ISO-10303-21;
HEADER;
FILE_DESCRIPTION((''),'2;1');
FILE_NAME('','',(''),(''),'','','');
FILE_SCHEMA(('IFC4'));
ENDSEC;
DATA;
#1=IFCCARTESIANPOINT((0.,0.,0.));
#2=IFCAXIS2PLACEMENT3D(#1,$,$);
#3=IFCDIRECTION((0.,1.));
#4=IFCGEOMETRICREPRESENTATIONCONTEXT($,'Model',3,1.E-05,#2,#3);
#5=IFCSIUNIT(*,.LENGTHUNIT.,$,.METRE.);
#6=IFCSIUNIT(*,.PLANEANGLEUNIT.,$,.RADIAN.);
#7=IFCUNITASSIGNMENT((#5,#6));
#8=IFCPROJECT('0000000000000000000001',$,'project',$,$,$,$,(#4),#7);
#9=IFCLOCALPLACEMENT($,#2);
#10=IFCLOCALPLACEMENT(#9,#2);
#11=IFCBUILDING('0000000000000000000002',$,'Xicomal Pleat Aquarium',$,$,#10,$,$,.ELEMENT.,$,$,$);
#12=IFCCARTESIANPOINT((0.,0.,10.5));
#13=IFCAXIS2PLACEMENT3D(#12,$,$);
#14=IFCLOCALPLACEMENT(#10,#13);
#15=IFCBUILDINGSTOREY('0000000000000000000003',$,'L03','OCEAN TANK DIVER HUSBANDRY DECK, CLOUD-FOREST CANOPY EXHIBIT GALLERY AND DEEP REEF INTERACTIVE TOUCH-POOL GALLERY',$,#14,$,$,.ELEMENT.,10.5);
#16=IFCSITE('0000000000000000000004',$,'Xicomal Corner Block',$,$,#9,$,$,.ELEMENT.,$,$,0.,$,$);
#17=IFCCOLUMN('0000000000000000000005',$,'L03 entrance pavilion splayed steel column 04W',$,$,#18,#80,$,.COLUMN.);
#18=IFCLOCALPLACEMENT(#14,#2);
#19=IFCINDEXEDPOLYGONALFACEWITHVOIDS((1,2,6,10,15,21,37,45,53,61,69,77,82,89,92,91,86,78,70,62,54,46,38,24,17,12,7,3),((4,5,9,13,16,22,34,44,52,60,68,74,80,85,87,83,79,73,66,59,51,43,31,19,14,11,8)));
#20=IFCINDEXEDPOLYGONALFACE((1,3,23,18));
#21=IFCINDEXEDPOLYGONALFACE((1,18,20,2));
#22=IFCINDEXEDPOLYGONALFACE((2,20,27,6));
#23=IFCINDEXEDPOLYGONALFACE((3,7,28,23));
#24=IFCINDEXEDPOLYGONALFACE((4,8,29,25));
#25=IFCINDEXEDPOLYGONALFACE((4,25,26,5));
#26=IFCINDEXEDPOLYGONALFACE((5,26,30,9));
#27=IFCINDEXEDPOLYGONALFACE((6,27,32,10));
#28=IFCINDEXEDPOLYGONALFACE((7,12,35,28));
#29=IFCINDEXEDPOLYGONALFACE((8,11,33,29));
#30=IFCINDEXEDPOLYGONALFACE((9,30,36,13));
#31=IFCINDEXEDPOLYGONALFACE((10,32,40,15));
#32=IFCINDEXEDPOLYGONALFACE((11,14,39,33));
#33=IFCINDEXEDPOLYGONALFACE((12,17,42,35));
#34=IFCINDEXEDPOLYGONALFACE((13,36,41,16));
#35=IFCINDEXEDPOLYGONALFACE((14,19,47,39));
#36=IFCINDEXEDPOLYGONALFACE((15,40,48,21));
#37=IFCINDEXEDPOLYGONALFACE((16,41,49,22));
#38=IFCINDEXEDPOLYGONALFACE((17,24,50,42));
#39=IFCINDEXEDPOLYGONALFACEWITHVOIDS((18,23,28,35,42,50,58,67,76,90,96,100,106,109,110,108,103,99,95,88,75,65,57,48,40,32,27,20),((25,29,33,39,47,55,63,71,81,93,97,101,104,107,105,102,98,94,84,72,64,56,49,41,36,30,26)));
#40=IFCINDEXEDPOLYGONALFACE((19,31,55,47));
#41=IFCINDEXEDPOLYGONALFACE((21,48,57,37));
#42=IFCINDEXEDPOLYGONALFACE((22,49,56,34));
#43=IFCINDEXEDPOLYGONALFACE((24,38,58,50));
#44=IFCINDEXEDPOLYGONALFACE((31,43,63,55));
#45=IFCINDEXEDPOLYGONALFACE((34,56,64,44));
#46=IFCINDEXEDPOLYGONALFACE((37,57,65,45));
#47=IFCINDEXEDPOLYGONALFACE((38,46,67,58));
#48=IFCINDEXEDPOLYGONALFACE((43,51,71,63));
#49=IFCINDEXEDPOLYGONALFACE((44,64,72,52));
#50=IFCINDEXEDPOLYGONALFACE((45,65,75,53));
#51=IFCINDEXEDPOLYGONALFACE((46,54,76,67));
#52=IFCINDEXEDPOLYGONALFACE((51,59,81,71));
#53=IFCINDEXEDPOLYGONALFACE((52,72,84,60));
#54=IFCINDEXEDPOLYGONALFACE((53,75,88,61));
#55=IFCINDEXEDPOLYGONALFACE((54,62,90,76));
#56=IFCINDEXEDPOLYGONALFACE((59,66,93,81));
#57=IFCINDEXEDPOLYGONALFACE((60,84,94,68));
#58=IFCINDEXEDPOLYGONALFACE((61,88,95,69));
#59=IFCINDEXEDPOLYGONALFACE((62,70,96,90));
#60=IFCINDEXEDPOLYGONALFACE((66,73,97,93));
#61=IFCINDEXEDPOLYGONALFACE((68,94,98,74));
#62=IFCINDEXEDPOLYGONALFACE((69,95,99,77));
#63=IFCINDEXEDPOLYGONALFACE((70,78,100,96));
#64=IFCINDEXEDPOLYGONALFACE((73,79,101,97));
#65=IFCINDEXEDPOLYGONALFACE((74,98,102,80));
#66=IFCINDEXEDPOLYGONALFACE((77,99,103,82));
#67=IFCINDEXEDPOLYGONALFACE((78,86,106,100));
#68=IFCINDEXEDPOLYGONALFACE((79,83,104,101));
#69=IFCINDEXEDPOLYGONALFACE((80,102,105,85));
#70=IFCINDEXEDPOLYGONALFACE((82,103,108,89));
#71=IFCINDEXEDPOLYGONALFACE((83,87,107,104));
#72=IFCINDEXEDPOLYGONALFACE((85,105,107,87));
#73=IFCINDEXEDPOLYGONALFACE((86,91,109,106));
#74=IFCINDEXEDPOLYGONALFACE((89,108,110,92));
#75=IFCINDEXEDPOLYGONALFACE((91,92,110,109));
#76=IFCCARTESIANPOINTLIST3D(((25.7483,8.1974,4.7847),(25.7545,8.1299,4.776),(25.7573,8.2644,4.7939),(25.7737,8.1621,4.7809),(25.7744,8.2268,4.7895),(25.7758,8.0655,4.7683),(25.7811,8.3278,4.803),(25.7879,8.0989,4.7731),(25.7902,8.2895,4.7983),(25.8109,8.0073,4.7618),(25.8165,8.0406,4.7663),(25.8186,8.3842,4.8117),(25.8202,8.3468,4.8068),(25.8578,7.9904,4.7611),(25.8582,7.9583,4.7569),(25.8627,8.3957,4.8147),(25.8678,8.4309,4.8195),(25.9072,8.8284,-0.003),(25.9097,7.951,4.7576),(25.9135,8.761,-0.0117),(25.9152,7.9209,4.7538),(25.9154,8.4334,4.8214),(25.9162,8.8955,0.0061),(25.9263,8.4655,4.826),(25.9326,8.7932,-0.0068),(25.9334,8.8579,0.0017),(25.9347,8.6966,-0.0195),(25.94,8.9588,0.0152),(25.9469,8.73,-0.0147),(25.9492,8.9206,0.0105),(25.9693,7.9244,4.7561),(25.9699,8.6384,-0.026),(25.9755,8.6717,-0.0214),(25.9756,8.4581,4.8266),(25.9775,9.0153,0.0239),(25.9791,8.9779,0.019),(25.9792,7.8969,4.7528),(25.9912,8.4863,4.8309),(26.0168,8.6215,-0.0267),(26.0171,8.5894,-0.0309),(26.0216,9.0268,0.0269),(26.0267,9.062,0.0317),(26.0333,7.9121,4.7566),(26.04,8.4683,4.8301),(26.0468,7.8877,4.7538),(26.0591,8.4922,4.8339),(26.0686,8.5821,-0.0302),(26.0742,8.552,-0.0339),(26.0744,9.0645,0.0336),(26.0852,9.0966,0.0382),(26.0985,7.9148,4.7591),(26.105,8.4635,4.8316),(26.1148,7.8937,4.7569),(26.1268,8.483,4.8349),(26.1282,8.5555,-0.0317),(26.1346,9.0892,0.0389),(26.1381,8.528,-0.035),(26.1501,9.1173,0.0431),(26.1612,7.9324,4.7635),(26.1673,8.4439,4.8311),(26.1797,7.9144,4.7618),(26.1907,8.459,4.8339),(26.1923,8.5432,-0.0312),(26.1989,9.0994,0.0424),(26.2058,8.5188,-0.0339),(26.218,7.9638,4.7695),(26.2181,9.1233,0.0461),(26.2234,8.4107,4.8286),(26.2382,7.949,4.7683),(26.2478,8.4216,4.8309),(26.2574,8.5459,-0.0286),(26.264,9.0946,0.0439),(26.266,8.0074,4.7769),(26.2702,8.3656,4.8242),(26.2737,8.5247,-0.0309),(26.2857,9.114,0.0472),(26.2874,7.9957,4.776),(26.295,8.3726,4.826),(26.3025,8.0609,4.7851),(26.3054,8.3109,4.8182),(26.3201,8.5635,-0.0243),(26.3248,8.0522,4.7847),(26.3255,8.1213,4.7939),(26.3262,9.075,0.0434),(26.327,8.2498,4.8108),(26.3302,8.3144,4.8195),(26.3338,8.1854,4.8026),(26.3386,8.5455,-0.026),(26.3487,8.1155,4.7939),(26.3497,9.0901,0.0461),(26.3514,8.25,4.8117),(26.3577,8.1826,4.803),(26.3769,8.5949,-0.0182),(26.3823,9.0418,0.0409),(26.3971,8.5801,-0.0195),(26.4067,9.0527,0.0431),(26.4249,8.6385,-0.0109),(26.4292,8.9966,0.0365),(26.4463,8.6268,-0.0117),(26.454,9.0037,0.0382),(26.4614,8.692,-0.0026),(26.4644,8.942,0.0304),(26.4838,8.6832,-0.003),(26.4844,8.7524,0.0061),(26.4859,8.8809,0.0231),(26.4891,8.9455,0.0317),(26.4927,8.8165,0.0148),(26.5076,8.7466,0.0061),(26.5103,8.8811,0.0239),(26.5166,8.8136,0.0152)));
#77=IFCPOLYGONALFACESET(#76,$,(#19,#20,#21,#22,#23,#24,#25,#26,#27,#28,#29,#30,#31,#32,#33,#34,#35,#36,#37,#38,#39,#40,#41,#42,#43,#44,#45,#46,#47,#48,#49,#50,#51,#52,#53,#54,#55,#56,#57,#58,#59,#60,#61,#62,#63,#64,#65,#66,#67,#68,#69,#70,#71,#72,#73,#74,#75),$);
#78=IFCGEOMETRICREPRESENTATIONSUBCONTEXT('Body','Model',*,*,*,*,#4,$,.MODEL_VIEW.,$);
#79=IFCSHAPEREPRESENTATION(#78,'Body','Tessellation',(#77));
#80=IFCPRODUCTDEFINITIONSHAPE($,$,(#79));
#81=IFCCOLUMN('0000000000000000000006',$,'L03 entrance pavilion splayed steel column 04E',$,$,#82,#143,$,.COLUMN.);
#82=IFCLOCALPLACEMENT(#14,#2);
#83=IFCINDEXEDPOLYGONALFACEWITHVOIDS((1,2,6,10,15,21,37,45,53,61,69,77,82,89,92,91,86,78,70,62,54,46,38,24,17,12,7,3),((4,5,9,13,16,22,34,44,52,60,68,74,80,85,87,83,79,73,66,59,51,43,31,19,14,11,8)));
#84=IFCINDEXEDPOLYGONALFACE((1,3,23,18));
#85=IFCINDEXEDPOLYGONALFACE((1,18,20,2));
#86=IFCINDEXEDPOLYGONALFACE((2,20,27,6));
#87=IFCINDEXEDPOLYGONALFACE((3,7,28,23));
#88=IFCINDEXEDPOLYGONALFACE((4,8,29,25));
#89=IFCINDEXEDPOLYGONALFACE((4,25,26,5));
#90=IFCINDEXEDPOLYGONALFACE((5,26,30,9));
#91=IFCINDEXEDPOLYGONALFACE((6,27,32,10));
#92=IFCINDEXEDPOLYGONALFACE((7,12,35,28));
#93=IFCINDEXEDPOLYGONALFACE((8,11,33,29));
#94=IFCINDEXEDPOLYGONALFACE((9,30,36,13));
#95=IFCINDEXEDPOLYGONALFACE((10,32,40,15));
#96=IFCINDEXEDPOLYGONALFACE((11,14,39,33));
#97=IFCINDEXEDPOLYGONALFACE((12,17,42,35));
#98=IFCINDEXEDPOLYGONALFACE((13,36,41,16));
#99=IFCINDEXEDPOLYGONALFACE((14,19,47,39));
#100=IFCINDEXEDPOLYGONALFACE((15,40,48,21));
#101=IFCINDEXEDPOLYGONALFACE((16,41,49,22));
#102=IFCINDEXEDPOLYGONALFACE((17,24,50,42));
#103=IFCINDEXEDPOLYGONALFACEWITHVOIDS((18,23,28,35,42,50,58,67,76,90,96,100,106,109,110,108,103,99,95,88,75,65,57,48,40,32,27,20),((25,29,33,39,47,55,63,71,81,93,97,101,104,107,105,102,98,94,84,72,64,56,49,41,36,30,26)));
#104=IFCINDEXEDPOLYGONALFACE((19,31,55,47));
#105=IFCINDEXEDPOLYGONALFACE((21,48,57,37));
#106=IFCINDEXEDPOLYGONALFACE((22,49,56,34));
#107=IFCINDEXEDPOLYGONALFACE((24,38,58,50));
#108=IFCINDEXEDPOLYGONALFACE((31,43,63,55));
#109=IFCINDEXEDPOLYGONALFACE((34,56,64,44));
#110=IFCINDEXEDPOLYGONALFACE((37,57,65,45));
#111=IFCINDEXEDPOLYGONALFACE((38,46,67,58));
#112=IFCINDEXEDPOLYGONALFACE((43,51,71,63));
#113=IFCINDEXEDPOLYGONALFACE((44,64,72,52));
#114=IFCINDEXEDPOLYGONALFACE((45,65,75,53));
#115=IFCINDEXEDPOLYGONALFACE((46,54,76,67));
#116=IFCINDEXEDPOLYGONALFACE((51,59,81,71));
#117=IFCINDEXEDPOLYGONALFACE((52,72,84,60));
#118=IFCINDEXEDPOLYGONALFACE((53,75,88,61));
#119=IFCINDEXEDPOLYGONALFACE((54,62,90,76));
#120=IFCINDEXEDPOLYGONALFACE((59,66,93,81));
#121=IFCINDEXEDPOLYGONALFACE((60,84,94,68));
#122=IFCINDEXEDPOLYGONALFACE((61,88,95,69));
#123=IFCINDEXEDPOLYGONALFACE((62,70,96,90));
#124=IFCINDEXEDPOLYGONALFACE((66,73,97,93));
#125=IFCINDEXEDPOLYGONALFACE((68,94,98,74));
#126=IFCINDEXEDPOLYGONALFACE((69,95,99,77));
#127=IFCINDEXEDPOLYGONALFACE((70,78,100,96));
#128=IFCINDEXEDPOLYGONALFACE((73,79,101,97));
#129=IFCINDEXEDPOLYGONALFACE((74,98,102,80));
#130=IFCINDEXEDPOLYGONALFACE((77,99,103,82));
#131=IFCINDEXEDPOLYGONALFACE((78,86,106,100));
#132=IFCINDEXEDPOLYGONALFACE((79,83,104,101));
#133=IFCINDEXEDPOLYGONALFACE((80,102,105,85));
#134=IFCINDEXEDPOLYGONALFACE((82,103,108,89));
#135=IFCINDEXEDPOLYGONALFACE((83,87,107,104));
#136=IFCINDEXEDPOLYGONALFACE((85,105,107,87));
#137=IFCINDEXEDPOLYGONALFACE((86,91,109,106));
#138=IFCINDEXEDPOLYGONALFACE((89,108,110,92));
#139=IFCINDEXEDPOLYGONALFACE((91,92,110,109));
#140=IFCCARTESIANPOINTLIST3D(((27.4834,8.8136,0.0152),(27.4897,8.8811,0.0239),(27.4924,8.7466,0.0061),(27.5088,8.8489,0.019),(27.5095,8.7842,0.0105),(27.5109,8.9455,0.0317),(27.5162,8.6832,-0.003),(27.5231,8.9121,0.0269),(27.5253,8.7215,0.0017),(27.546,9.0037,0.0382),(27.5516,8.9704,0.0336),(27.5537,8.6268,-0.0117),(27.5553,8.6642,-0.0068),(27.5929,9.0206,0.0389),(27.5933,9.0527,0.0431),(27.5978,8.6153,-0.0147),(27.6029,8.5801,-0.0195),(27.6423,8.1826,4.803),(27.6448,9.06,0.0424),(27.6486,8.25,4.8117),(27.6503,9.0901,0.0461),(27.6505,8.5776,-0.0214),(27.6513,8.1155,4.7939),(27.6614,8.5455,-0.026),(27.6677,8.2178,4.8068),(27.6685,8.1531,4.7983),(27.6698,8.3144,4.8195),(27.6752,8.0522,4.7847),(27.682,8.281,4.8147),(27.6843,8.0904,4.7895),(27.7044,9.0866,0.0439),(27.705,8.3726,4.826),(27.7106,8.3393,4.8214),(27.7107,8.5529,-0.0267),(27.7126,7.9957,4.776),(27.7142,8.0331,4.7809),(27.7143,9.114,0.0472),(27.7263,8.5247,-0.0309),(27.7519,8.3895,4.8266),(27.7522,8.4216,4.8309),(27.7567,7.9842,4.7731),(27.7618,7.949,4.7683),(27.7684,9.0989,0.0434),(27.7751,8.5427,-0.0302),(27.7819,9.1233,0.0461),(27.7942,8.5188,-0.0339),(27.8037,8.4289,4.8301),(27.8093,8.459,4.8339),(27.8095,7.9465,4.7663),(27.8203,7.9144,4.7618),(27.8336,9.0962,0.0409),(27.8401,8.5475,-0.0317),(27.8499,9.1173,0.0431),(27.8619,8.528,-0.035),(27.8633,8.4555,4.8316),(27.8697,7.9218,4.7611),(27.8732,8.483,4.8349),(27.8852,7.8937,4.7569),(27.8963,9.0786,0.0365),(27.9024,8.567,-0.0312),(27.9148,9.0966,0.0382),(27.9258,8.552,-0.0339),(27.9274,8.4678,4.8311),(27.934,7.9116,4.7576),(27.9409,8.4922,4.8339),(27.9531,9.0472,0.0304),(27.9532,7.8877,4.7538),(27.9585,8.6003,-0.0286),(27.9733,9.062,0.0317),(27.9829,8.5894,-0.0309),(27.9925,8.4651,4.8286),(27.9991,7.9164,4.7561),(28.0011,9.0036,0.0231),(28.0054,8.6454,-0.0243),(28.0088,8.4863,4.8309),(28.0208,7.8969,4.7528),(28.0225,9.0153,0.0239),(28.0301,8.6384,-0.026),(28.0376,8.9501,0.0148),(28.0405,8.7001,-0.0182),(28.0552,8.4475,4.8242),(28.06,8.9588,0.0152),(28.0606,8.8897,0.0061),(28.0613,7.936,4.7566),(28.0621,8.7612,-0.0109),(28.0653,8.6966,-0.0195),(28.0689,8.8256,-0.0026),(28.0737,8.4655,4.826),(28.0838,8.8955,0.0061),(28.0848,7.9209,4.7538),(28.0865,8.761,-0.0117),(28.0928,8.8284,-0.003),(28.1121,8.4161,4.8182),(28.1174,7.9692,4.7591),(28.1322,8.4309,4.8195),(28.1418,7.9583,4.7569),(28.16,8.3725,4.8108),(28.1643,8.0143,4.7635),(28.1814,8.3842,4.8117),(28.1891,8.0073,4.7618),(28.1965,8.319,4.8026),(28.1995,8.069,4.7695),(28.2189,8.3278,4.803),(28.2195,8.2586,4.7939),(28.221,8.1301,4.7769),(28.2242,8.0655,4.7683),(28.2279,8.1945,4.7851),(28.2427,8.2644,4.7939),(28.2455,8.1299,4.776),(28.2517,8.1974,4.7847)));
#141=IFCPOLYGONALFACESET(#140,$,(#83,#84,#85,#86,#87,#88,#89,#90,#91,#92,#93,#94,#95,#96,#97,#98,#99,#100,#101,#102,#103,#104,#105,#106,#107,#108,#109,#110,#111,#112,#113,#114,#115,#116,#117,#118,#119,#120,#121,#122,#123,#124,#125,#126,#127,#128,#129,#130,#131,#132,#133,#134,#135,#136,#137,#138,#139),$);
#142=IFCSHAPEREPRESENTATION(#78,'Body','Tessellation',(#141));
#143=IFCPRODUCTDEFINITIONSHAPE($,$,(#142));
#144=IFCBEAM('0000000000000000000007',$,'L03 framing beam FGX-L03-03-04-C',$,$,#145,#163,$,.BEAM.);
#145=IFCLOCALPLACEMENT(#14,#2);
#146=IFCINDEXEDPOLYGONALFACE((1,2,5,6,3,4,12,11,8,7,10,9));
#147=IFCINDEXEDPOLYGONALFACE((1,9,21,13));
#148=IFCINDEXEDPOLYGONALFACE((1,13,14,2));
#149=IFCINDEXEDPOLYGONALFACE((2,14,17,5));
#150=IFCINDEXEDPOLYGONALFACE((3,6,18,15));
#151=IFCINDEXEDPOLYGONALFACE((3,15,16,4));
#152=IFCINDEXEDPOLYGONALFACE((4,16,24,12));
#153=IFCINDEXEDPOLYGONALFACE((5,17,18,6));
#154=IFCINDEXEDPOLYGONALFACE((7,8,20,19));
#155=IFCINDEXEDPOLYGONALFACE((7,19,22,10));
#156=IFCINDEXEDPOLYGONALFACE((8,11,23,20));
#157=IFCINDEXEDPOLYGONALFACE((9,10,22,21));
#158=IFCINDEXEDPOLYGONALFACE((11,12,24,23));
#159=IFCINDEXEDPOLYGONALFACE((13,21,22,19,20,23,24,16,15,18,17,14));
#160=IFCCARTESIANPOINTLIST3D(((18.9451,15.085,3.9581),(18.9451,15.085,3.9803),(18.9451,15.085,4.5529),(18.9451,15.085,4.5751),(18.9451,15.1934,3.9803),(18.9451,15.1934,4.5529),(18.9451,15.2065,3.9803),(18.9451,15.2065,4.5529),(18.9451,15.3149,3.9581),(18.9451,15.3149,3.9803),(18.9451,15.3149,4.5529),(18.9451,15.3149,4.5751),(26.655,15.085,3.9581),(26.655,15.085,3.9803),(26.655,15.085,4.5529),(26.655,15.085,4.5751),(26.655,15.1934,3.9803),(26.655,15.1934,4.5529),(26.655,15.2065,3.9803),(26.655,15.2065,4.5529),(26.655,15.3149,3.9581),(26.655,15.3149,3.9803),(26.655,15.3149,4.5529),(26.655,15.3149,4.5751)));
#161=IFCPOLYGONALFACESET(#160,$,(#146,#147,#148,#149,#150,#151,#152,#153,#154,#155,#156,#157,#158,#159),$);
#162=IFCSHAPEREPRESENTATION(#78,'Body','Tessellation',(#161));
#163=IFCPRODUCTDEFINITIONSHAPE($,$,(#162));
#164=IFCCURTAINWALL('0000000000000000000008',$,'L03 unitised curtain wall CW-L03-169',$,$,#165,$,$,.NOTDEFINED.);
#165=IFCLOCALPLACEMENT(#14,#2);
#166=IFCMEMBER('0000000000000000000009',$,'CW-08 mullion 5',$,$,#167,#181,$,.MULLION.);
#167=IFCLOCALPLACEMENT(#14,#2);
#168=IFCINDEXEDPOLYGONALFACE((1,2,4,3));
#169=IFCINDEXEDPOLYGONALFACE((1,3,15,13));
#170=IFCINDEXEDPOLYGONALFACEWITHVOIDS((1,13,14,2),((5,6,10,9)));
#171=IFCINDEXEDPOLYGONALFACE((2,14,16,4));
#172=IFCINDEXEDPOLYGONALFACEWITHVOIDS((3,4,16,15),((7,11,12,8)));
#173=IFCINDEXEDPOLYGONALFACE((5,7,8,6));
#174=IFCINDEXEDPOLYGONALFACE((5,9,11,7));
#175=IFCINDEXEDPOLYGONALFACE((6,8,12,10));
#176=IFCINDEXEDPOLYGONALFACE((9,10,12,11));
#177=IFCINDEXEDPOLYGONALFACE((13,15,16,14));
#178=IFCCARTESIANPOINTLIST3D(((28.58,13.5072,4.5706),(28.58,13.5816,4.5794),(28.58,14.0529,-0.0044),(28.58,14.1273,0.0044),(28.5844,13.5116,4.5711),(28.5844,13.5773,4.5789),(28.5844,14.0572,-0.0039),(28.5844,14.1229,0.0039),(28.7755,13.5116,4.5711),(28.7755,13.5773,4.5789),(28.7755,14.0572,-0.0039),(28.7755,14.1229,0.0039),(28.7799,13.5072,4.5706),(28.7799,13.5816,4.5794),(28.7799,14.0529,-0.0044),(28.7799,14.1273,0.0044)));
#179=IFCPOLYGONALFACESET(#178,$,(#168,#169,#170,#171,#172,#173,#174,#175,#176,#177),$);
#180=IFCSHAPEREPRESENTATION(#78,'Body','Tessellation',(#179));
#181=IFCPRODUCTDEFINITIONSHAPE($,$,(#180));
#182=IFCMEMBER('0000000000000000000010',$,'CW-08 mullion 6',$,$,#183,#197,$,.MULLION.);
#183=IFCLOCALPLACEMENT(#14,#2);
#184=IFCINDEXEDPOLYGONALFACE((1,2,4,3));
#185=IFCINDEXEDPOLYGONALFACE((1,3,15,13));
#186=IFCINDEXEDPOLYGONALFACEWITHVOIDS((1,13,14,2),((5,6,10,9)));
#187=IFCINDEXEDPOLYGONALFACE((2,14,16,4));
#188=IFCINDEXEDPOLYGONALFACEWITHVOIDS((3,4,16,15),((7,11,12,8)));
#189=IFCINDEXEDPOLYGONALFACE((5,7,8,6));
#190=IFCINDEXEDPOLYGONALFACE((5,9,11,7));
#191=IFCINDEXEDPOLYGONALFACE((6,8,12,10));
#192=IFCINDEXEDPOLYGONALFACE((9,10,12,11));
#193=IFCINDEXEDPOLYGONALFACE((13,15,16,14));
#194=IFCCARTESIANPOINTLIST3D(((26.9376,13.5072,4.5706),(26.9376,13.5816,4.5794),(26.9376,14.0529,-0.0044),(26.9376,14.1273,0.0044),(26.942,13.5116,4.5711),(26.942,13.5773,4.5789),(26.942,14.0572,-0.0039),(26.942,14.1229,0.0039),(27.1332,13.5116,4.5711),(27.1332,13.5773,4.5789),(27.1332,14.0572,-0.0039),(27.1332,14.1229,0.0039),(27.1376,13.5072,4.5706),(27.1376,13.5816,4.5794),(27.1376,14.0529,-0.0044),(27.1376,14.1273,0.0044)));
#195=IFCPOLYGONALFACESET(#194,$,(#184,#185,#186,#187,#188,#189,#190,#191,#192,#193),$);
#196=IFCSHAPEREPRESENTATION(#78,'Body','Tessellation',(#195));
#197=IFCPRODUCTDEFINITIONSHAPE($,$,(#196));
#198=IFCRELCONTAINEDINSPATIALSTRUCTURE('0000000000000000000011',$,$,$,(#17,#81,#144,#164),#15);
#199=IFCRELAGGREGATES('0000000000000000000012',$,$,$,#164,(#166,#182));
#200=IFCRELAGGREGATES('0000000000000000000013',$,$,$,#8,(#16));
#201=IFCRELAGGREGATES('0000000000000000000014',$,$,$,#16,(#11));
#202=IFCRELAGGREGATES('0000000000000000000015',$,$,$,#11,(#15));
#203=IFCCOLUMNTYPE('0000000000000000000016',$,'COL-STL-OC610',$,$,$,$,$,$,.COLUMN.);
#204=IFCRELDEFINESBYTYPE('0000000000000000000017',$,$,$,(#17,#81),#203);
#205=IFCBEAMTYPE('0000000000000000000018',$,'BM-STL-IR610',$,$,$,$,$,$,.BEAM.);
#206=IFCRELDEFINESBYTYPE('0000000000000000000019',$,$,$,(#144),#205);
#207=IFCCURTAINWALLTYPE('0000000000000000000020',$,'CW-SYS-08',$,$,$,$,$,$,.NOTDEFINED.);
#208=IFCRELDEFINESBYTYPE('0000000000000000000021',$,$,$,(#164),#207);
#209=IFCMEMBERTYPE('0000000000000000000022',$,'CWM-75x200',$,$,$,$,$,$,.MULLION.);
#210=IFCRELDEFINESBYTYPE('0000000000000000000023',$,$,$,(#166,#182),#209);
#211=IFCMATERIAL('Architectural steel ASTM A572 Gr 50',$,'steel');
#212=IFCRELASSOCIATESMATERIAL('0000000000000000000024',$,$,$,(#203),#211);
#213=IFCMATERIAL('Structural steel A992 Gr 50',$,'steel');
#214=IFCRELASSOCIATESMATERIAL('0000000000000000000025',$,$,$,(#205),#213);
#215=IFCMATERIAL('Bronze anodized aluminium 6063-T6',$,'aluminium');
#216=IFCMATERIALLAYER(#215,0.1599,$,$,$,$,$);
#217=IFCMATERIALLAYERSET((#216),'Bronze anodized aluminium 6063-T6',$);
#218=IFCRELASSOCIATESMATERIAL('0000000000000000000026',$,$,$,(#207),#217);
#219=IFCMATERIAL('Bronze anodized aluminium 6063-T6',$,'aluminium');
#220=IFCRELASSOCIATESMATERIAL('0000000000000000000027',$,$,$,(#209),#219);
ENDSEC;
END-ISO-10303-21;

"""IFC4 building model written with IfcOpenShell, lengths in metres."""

from ifc_helpers import new_model, si_unit, direction, frame, origin, origin_2d, place, context, subcontext, project, spatial, hollow_rectangle, hollow_circle, i_section, extrude, material, layer, layer_set, material_profile, profile_set, type_object, element, aggregate, save


model = new_model("IFC4")

# Units and contexts
model_context = context("Model", 3, precision=1e-05, world=origin(), true_north=direction((0.0, 1.0)))
body_context = subcontext(model_context, "Body", "Model", "MODEL_VIEW")
ifc_project = project(units=[si_unit("LENGTHUNIT", "METRE"), si_unit("PLANEANGLEUNIT", "RADIAN")], contexts=[model_context])

# Site, building, storey
site_placement = place(None, origin())
site = spatial("IfcSite", under=ifc_project, at=site_placement, Name="Xicomal Corner Block", CompositionType="ELEMENT", RefElevation=0.0)
building_placement = place(site_placement, origin())
building = spatial("IfcBuilding", under=site, at=building_placement, Name="Xicomal Pleat Aquarium", CompositionType="ELEMENT")
storey_placement = place(building_placement, frame((0.0, 0.0, 10.5)))
storey = spatial("IfcBuildingStorey", under=building, at=storey_placement, Name="L03", Description="OCEAN TANK DIVER HUSBANDRY DECK, CLOUD-FOREST CANOPY EXHIBIT GALLERY AND DEEP REEF INTERACTIVE TOUCH-POOL GALLERY", CompositionType="ELEMENT", Elevation=10.5)

# Columns
ifc_material_1 = material(Name="Architectural steel ASTM A572 Gr 50", Category="steel")
ifc_material_profile_1 = material_profile(ifc_material_1, hollow_circle(Radius=0.3049, WallThickness=0.0239, at=origin_2d()), Name="OC 610x24")
ifc_profile_set_1 = profile_set([ifc_material_profile_1], Name="Architectural steel ASTM A572 Gr 50")
column_type_1 = type_object("IfcColumnType", Name="COL-STL-OC610", PredefinedType="COLUMN", material=ifc_profile_set_1)
for number, where, z_axis, x_axis, name in (
    (1, (26.2119, 8.821, 0.0061), (-0.032893, -0.130613, 0.990888), (0.969722, -0.244212, 0.0), "L03 entrance pavilion splayed steel column 04W"),
    (2, (27.7881, 8.821, 0.0061), (0.032893, -0.130613, 0.990888), (0.969722, 0.244212, 0.0), "L03 entrance pavilion splayed steel column 04E"),
):
    element("IfcColumn", number, at=place(storey_placement, frame(where, z_axis=z_axis, x_axis=x_axis)), inside=storey, type_object=column_type_1, Name=name, PredefinedType="COLUMN", context=body_context, shape_type="SweptSolid", body=[
        extrude(hollow_circle(Radius=0.3049, WallThickness=0.0239, at=origin_2d()), origin(), (0.0, 0.0, 1.0), 4.8318),
    ])

# Beam
ifc_material_2 = material(Name="Structural steel A992 Gr 50", Category="steel")
ifc_material_profile_2 = material_profile(ifc_material_2, i_section(OverallWidth=0.23, OverallDepth=0.6169, WebThickness=0.0132, FlangeThickness=0.0222, at=origin_2d()), Name="IR 610x140")
ifc_profile_set_2 = profile_set([ifc_material_profile_2], Name="Structural steel A992 Gr 50")
beam_type = type_object("IfcBeamType", Name="BM-STL-IR610", PredefinedType="BEAM", material=ifc_profile_set_2)
beam_placement = place(storey_placement, frame((18.9451, 15.2, 4.2666), z_axis=(1.0, 0.0, 0.0), x_axis=(0.0, 1.0, 0.0)))
element("IfcBeam", 3, at=beam_placement, inside=storey, type_object=beam_type, Name="L03 framing beam FGX-L03-03-04-C", PredefinedType="BEAM", context=body_context, shape_type="SweptSolid", body=[
    extrude(i_section(OverallWidth=0.23, OverallDepth=0.6169, WebThickness=0.0132, FlangeThickness=0.0222, at=origin_2d()), origin(), (0.0, 0.0, 1.0), 7.71),
])

# Curtain wall, members
ifc_material_3 = material(Name="Bronze anodized aluminium 6063-T6", Category="aluminium")
ifc_layer_1 = layer(ifc_material_3, 0.1599)
ifc_layer_set_1 = layer_set([ifc_layer_1], Name="Bronze anodized aluminium 6063-T6")
curtain_wall_type = type_object("IfcCurtainWallType", Name="CW-SYS-08", PredefinedType="NOTDEFINED", material=ifc_layer_set_1)
curtain_wall_placement = place(storey_placement, origin())
curtain_wall = element("IfcCurtainWall", 4, at=curtain_wall_placement, inside=storey, type_object=curtain_wall_type, Name="L03 unitised curtain wall CW-L03-169", PredefinedType="NOTDEFINED")
ifc_material_4 = material(Name="Bronze anodized aluminium 6063-T6", Category="aluminium")
ifc_material_profile_3 = material_profile(ifc_material_4, hollow_rectangle(XDim=0.075, YDim=0.2, WallThickness=0.0044, at=origin_2d()), Name="ALU MULL 75x200")
ifc_profile_set_3 = profile_set([ifc_material_profile_3], Name="Bronze anodized aluminium 6063-T6")
member_type_1 = type_object("IfcMemberType", Name="CWM-75x200", PredefinedType="MULLION", material=ifc_profile_set_3)
member_1_placement = place(storey_placement, frame((28.6799, 14.0901, 0.0), z_axis=(0.0, -0.118431, 0.992962), x_axis=(0.0, -0.992962, -0.118431)))
member_1 = element("IfcMember", 5, at=member_1_placement, type_object=member_type_1, Name="CW-08 mullion 5", PredefinedType="MULLION", context=body_context, shape_type="SweptSolid", body=[
    extrude(hollow_rectangle(XDim=0.075, YDim=0.2, WallThickness=0.0044, at=origin_2d()), origin(), (0.0, 0.0, 1.0), 4.6074),
])
member_2_placement = place(storey_placement, frame((27.0376, 14.0901, 0.0), z_axis=(0.0, -0.118431, 0.992962), x_axis=(0.0, -0.992962, -0.118431)))
member_2 = element("IfcMember", 6, at=member_2_placement, type_object=member_type_1, Name="CW-08 mullion 6", PredefinedType="MULLION", context=body_context, shape_type="SweptSolid", body=[
    extrude(hollow_rectangle(XDim=0.075, YDim=0.2, WallThickness=0.0044, at=origin_2d()), origin(), (0.0, 0.0, 1.0), 4.6074),
])

aggregate(curtain_wall, [member_1, member_2])

save(model, "model.ifc")
